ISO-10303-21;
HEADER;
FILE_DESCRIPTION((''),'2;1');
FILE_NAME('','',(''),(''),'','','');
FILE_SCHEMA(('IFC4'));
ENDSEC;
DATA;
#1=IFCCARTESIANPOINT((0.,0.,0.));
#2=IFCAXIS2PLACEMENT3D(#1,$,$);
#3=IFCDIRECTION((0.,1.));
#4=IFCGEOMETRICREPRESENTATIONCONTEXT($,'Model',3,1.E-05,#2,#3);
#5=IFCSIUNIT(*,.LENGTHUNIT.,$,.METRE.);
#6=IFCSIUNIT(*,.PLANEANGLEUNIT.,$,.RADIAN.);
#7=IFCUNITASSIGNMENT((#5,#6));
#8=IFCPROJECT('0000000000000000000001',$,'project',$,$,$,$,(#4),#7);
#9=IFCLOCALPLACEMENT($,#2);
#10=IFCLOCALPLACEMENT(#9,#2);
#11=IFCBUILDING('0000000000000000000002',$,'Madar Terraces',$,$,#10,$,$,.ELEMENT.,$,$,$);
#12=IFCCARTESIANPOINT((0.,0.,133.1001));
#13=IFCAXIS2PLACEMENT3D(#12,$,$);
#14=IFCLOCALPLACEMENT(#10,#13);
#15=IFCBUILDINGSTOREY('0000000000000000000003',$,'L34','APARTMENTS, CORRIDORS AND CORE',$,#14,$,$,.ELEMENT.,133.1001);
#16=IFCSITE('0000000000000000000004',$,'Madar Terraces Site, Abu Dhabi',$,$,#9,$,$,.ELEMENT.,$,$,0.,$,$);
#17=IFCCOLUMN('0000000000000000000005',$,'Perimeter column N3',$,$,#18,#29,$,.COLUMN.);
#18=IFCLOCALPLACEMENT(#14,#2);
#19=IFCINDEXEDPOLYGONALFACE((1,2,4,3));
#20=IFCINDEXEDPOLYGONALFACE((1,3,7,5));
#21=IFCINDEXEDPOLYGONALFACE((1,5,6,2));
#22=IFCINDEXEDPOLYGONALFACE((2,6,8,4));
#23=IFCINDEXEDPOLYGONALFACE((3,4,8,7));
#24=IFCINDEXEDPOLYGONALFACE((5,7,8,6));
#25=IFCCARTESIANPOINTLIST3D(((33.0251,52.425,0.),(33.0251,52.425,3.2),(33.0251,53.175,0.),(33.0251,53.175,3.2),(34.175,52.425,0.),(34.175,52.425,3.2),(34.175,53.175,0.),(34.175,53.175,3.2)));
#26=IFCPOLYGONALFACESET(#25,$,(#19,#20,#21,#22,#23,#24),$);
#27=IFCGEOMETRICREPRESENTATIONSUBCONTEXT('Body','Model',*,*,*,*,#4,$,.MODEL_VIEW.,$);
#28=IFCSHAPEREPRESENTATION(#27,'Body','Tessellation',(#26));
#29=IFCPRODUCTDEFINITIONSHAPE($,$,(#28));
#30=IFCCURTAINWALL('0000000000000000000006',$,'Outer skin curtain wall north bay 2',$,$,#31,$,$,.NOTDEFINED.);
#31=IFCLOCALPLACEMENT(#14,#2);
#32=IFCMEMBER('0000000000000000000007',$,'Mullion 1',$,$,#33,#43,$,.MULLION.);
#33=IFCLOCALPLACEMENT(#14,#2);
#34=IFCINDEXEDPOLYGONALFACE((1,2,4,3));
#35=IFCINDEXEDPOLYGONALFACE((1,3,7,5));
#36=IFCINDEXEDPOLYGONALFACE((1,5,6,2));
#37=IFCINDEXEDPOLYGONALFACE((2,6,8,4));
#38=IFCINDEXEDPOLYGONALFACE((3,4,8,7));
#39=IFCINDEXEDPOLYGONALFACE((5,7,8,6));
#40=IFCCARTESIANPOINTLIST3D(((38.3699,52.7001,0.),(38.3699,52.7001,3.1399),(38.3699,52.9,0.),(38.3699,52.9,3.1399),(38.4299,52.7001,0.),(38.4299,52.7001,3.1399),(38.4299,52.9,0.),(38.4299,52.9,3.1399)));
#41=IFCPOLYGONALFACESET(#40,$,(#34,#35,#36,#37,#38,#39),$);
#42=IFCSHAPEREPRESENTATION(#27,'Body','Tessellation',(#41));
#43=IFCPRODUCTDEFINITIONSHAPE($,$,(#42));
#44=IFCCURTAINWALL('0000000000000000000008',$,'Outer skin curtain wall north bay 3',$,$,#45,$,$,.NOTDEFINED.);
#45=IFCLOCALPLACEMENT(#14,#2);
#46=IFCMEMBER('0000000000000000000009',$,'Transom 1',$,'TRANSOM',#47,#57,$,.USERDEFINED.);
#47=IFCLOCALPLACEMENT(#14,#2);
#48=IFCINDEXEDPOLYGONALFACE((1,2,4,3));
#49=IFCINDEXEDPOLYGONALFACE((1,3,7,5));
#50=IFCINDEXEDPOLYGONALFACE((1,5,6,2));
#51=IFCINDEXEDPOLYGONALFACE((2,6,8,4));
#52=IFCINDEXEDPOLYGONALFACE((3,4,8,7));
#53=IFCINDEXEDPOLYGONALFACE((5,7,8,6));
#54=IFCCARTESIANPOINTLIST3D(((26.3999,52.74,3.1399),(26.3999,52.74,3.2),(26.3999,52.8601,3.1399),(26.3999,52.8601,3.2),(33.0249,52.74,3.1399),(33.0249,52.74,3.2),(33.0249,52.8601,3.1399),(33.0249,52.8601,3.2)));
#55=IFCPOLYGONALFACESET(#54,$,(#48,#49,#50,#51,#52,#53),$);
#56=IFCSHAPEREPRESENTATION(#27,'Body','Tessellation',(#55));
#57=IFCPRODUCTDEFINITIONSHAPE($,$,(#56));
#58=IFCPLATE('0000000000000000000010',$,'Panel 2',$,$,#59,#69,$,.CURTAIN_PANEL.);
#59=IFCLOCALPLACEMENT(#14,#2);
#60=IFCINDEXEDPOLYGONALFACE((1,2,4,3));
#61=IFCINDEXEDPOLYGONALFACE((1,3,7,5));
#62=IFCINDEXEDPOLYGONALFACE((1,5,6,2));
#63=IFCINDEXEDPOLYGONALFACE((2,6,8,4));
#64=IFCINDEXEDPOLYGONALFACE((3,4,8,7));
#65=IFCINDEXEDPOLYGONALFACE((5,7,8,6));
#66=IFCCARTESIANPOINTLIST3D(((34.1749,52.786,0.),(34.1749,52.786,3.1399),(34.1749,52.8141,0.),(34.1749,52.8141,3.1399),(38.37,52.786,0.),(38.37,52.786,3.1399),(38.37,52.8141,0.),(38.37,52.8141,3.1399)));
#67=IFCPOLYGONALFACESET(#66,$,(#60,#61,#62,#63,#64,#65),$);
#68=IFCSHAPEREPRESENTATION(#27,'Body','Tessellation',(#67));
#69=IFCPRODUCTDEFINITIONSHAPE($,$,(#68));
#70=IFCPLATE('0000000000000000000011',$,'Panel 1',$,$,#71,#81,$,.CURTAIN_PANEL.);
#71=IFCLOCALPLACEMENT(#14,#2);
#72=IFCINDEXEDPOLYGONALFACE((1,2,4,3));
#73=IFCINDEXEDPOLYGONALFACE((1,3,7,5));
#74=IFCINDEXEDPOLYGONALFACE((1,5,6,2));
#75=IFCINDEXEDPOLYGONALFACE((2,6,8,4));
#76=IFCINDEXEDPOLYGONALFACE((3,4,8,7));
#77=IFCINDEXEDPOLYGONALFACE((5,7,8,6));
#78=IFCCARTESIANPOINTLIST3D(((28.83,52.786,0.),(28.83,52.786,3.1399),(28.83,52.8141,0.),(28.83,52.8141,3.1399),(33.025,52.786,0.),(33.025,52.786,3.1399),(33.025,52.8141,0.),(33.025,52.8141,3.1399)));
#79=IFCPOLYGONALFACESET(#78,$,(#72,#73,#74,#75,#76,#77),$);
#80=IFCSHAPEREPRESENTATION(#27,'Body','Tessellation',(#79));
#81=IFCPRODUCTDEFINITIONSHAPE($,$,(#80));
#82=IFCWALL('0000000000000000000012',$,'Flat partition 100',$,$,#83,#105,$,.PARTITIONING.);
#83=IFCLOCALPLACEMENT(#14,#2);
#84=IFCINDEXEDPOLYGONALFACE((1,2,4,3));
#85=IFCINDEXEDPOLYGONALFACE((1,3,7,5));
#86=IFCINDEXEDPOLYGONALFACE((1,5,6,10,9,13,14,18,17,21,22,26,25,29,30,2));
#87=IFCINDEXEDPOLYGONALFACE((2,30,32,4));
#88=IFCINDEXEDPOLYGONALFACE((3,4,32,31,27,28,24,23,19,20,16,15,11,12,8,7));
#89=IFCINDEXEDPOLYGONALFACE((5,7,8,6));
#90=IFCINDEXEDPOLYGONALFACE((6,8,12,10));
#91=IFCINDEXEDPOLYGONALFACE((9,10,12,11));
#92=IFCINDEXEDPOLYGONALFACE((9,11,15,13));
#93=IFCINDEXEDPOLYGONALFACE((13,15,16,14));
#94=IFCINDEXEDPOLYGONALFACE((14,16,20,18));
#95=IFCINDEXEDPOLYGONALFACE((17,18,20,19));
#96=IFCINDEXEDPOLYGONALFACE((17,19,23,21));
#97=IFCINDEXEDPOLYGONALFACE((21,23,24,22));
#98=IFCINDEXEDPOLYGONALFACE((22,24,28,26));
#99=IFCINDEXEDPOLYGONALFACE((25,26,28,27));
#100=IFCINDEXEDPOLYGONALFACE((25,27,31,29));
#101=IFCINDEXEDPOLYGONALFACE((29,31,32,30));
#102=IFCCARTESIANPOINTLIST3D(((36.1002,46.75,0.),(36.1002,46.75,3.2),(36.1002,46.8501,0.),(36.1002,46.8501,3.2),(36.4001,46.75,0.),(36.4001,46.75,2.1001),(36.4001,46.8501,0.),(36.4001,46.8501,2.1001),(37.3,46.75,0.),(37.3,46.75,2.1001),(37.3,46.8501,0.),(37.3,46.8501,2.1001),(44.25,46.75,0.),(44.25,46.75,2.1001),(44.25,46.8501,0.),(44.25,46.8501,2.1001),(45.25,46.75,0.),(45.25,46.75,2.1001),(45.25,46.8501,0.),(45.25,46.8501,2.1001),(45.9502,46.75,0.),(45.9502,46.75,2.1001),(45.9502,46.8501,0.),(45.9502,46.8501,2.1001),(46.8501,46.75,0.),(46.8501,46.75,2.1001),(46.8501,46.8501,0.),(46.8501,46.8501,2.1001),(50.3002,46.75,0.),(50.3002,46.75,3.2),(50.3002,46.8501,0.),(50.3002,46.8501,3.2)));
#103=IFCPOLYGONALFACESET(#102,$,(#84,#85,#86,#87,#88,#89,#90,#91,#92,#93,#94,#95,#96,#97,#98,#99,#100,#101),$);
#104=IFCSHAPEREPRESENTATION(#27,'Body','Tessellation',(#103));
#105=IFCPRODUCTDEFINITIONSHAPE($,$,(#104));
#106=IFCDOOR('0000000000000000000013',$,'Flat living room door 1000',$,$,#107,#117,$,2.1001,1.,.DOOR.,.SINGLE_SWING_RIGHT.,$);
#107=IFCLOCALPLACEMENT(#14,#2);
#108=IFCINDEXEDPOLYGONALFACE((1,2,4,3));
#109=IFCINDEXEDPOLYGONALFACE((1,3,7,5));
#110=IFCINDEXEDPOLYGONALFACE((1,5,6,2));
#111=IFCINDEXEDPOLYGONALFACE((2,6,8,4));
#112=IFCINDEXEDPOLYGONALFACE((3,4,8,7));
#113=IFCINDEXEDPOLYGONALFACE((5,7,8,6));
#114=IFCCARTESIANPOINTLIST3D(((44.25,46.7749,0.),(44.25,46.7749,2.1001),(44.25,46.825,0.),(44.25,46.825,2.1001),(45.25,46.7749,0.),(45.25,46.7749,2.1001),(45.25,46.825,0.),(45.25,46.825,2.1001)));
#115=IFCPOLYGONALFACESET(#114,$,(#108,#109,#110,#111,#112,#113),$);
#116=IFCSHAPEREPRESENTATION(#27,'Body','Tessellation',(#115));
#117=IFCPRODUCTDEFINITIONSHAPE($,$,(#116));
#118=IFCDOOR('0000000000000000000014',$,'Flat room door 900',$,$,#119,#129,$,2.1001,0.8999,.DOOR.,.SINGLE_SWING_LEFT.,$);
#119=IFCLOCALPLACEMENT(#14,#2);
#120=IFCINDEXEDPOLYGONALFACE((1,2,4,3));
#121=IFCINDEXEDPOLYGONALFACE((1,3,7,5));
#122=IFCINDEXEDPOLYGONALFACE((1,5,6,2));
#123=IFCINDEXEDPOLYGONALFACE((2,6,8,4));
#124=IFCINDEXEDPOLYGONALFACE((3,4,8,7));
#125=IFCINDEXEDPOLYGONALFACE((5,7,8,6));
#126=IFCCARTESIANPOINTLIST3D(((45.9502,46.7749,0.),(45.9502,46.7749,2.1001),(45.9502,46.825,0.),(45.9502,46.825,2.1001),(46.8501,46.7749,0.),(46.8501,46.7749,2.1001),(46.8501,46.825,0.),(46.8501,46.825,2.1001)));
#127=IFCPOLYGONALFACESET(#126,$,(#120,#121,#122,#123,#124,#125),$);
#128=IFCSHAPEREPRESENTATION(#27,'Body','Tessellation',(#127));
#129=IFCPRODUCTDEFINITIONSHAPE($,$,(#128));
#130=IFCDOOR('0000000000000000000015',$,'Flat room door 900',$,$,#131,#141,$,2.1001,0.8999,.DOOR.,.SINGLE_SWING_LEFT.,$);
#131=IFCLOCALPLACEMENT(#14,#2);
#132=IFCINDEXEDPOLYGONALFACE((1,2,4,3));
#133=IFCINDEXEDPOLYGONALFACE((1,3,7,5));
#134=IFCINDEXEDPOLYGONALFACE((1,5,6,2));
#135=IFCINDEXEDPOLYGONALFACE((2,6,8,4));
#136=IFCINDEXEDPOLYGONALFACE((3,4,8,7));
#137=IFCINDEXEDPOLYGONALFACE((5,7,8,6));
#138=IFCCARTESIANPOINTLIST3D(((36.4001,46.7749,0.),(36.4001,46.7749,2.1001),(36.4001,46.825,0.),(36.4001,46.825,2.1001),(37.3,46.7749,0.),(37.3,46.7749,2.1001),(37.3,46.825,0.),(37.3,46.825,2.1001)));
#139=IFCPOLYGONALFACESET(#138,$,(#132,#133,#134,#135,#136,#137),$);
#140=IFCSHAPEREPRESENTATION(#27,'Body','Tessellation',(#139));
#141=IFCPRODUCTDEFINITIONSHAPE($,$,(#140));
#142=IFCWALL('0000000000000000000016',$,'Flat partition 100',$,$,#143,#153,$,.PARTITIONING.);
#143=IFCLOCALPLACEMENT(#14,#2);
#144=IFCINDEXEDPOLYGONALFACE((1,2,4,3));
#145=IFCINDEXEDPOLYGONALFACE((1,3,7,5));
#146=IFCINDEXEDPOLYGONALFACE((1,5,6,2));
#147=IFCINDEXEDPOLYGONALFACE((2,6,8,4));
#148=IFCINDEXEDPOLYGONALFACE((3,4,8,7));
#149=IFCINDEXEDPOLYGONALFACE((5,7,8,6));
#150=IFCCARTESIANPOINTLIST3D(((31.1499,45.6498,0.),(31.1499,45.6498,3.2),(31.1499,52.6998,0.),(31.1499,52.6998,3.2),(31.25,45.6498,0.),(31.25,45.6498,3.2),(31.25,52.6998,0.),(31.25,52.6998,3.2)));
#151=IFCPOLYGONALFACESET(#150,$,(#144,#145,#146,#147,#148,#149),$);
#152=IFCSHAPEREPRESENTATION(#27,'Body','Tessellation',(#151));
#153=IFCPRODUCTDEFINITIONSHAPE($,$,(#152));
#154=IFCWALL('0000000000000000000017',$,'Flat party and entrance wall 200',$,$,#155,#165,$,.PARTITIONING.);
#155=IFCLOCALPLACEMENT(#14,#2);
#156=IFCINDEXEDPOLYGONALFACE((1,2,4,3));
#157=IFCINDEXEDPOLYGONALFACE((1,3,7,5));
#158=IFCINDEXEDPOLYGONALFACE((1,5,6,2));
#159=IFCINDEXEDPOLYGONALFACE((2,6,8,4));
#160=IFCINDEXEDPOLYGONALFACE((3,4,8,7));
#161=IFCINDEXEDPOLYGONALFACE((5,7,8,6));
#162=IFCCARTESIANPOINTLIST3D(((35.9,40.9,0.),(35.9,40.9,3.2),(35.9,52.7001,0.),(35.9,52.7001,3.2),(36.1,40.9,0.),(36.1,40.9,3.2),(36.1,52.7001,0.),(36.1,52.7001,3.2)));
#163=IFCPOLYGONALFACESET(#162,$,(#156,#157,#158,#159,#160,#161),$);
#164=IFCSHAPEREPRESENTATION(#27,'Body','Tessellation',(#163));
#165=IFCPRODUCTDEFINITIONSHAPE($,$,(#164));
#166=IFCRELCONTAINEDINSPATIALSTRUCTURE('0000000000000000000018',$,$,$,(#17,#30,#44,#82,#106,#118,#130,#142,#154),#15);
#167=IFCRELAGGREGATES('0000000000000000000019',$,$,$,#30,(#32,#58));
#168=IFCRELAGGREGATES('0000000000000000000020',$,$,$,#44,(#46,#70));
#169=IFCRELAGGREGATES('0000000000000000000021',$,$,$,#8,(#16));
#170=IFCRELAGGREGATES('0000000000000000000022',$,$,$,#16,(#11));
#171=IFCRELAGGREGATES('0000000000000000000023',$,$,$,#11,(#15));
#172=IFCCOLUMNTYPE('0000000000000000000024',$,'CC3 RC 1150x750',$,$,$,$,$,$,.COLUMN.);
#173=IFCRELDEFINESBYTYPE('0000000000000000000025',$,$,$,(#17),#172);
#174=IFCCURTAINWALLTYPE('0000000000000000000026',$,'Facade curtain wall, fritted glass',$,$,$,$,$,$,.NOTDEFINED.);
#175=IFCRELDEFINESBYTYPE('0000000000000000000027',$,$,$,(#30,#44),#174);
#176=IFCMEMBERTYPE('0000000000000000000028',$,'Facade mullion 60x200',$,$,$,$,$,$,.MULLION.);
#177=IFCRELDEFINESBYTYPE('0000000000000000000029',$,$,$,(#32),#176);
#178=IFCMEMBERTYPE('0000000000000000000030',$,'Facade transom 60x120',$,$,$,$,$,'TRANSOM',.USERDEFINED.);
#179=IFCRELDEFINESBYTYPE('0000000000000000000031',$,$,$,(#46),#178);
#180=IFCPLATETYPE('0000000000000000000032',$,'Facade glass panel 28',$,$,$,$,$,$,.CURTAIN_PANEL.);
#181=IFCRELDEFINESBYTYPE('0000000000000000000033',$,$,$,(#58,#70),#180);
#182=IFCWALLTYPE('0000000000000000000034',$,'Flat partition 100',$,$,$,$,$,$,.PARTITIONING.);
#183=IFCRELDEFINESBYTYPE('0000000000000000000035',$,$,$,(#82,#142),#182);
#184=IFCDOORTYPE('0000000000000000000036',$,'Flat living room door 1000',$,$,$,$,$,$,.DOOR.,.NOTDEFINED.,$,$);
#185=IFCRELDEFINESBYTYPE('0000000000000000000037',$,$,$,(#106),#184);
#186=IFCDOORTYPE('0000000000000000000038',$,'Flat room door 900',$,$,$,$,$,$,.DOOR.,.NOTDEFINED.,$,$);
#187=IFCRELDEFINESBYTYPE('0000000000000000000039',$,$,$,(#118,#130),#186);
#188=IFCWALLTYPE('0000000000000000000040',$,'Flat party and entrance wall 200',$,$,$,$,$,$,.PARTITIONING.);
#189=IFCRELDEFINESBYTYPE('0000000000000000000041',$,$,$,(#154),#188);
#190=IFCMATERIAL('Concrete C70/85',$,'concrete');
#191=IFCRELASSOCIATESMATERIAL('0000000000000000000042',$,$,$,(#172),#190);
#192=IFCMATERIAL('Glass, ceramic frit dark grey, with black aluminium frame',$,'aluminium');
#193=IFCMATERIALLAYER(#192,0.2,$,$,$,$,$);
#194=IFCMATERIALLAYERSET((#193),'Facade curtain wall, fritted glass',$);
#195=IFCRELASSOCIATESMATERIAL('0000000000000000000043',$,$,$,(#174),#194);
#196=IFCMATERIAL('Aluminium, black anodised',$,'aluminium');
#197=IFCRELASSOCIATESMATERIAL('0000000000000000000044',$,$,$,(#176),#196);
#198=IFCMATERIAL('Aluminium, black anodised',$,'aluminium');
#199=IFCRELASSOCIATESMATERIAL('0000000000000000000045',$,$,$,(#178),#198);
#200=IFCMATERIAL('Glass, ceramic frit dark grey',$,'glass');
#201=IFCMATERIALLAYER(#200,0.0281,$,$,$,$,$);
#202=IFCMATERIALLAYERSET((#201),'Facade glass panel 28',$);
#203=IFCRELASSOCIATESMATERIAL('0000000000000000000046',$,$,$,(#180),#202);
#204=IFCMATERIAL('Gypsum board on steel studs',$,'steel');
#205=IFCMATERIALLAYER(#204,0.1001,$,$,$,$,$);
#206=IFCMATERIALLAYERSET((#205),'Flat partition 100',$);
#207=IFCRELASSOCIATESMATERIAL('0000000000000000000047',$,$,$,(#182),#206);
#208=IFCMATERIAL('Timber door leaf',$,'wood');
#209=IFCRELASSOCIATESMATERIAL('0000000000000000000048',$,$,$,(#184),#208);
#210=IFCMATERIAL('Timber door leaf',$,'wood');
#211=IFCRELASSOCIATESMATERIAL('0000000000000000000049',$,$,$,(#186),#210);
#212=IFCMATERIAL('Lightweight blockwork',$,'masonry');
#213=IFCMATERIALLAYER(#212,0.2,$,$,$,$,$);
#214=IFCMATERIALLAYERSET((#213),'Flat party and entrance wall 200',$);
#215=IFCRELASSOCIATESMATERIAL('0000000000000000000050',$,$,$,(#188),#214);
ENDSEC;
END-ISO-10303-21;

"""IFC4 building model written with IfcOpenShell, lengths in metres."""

from ifc_helpers import new_model, si_unit, direction, frame, frame_2d, origin, origin_2d, place, context, subcontext, project, spatial, rectangle, extrude, material, layer, layer_set, material_profile, profile_set, type_object, element, fill, aggregate, save


model = new_model("IFC4")

# Units and contexts
model_context = context("Model", 3, precision=1e-05, world=origin(), true_north=direction((0.0, 1.0)))
body_context = subcontext(model_context, "Body", "Model", "MODEL_VIEW")
ifc_project = project(units=[si_unit("LENGTHUNIT", "METRE"), si_unit("PLANEANGLEUNIT", "RADIAN")], contexts=[model_context])

# Site, building, storey
site_placement = place(None, origin())
site = spatial("IfcSite", under=ifc_project, at=site_placement, Name="Madar Terraces Site, Abu Dhabi", CompositionType="ELEMENT", RefElevation=0.0)
building_placement = place(site_placement, origin())
building = spatial("IfcBuilding", under=site, at=building_placement, Name="Madar Terraces", CompositionType="ELEMENT")
storey_placement = place(building_placement, frame((0.0, 0.0, 133.1001)))
storey = spatial("IfcBuildingStorey", under=building, at=storey_placement, Name="L34", Description="APARTMENTS, CORRIDORS AND CORE", CompositionType="ELEMENT", Elevation=133.1001)

# Column
ifc_material_1 = material(Name="Concrete C70/85", Category="concrete")
ifc_material_profile_1 = material_profile(ifc_material_1, rectangle(XDim=1.1499, YDim=0.75, at=origin_2d()), Name="CC3 RC 1150x750")
ifc_profile_set_1 = profile_set([ifc_material_profile_1], Name="Concrete C70/85")
column_type = type_object("IfcColumnType", Name="CC3 RC 1150x750", PredefinedType="COLUMN", material=ifc_profile_set_1)
column_placement = place(storey_placement, frame((33.6001, 52.8, 0.0), z_axis=(0.0, 0.0, 1.0), x_axis=(1.0, 0.0, 0.0)))
element("IfcColumn", 1, at=column_placement, inside=storey, type_object=column_type, Name="Perimeter column N3", PredefinedType="COLUMN", context=body_context, shape_type="SweptSolid", body=[
    extrude(rectangle(XDim=1.1499, YDim=0.75, at=origin_2d()), origin(), (0.0, 0.0, 1.0), 3.2),
])

# Curtain walls, members
ifc_material_2 = material(Name="Glass, ceramic frit dark grey, with black aluminium frame", Category="aluminium")
ifc_layer_1 = layer(ifc_material_2, 0.2)
ifc_layer_set_1 = layer_set([ifc_layer_1], Name="Facade curtain wall, fritted glass")
curtain_wall_type = type_object("IfcCurtainWallType", Name="Facade curtain wall, fritted glass", PredefinedType="NOTDEFINED", material=ifc_layer_set_1)
curtain_wall_1_placement = place(storey_placement, origin())
curtain_wall_1 = element("IfcCurtainWall", 2, at=curtain_wall_1_placement, inside=storey, type_object=curtain_wall_type, Name="Outer skin curtain wall north bay 2", PredefinedType="NOTDEFINED")
ifc_material_3 = material(Name="Aluminium, black anodised", Category="aluminium")
ifc_material_profile_2 = material_profile(ifc_material_3, rectangle(XDim=0.2, YDim=0.0601, at=origin_2d()), Name="Facade mullion 60x200")
ifc_profile_set_2 = profile_set([ifc_material_profile_2], Name="Aluminium, black anodised")
member_type_1 = type_object("IfcMemberType", Name="Facade mullion 60x200", PredefinedType="MULLION", material=ifc_profile_set_2)
member_1_placement = place(storey_placement, frame((38.3999, 52.8, 0.0), z_axis=(0.0, 0.0, 1.0), x_axis=(0.0, -1.0, 0.0)))
member_1 = element("IfcMember", 3, at=member_1_placement, type_object=member_type_1, Name="Mullion 1", PredefinedType="MULLION", context=body_context, shape_type="SweptSolid", body=[
    extrude(rectangle(XDim=0.2, YDim=0.0601, at=origin_2d()), origin(), (0.0, 0.0, 1.0), 3.1399),
])
curtain_wall_2_placement = place(storey_placement, origin())
curtain_wall_2 = element("IfcCurtainWall", 4, at=curtain_wall_2_placement, inside=storey, type_object=curtain_wall_type, Name="Outer skin curtain wall north bay 3", PredefinedType="NOTDEFINED")
ifc_material_4 = material(Name="Aluminium, black anodised", Category="aluminium")
ifc_material_profile_3 = material_profile(ifc_material_4, rectangle(XDim=0.1201, YDim=0.0601, at=origin_2d()), Name="Facade transom 60x120")
ifc_profile_set_3 = profile_set([ifc_material_profile_3], Name="Aluminium, black anodised")
member_type_2 = type_object("IfcMemberType", Name="Facade transom 60x120", ElementType="TRANSOM", PredefinedType="USERDEFINED", material=ifc_profile_set_3)
member_2_placement = place(storey_placement, frame((33.0249, 52.8, 3.1699), z_axis=(-1.0, 0.0, 0.0), x_axis=(0.0, -1.0, 0.0)))
member_2 = element("IfcMember", 5, at=member_2_placement, type_object=member_type_2, Name="Transom 1", ObjectType="TRANSOM", PredefinedType="USERDEFINED", context=body_context, shape_type="SweptSolid", body=[
    extrude(rectangle(XDim=0.1201, YDim=0.0601, at=origin_2d()), origin(), (0.0, 0.0, 1.0), 6.625),
])

# Plates
ifc_material_5 = material(Name="Glass, ceramic frit dark grey", Category="glass")
ifc_layer_2 = layer(ifc_material_5, 0.0281)
ifc_layer_set_2 = layer_set([ifc_layer_2], Name="Facade glass panel 28")
plate_type = type_object("IfcPlateType", Name="Facade glass panel 28", PredefinedType="CURTAIN_PANEL", material=ifc_layer_set_2)
plate_1_placement = place(storey_placement, frame((36.2725, 52.8, 0.0), z_axis=(0.0, 0.0, 1.0), x_axis=(-1.0, 0.0, 0.0)))
plate_1 = element("IfcPlate", 6, at=plate_1_placement, type_object=plate_type, Name="Panel 2", PredefinedType="CURTAIN_PANEL", context=body_context, shape_type="SweptSolid", body=[
    extrude(rectangle(XDim=4.1951, YDim=0.0281, at=origin_2d()), origin(), (0.0, 0.0, 1.0), 3.1399),
])
aggregate(curtain_wall_1, [member_1, plate_1])
plate_2_placement = place(storey_placement, frame((30.9275, 52.8, 0.0), z_axis=(0.0, 0.0, 1.0), x_axis=(-1.0, 0.0, 0.0)))
plate_2 = element("IfcPlate", 7, at=plate_2_placement, type_object=plate_type, Name="Panel 1", PredefinedType="CURTAIN_PANEL", context=body_context, shape_type="SweptSolid", body=[
    extrude(rectangle(XDim=4.1951, YDim=0.0281, at=origin_2d()), origin(), (0.0, 0.0, 1.0), 3.1399),
])
aggregate(curtain_wall_2, [member_2, plate_2])

# Wall, openings, doors
ifc_material_6 = material(Name="Gypsum board on steel studs", Category="steel")
ifc_layer_3 = layer(ifc_material_6, 0.1001)
ifc_layer_set_3 = layer_set([ifc_layer_3], Name="Flat partition 100")
wall_type_1 = type_object("IfcWallType", Name="Flat partition 100", PredefinedType="PARTITIONING", material=ifc_layer_set_3)
wall_1_placement = place(storey_placement, frame((36.1001, 46.8, 0.0), z_axis=(0.0, 0.0, 1.0), x_axis=(1.0, 0.0, 0.0)))
wall_1 = element("IfcWall", 8, at=wall_1_placement, inside=storey, type_object=wall_type_1, Name="Flat partition 100", PredefinedType="PARTITIONING", context=body_context, shape_type="SweptSolid", body=[
    extrude(rectangle(XDim=14.2, YDim=0.1001, at=frame_2d((7.1001, 0.0))), origin(), (0.0, 0.0, 1.0), 3.2),
])
opening_1_placement = place(wall_1_placement, frame((9.8501, 0.0, 0.0)))
opening_1 = element("IfcOpeningElement", 9, at=opening_1_placement, cuts=wall_1, PredefinedType="OPENING", context=body_context, shape_type="SweptSolid", body=[
    extrude(rectangle(XDim=0.8999, YDim=2.1001, at=frame_2d((0.45, 1.05))), frame((0.0, 0.0601, 0.0), z_axis=(0.0, -1.0, 0.0), x_axis=(1.0, 0.0, 0.0)), (0.0, 0.0, 1.0), 0.1201),
])
opening_2_placement = place(wall_1_placement, frame((8.1499, 0.0, 0.0)))
opening_2 = element("IfcOpeningElement", 10, at=opening_2_placement, cuts=wall_1, PredefinedType="OPENING", context=body_context, shape_type="SweptSolid", body=[
    extrude(rectangle(XDim=1.0, YDim=2.1001, at=frame_2d((0.5, 1.05))), frame((0.0, 0.0601, 0.0), z_axis=(0.0, -1.0, 0.0), x_axis=(1.0, 0.0, 0.0)), (0.0, 0.0, 1.0), 0.1201),
])
opening_3_placement = place(wall_1_placement, frame((0.3, 0.0, 0.0)))
opening_3 = element("IfcOpeningElement", 11, at=opening_3_placement, cuts=wall_1, PredefinedType="OPENING", context=body_context, shape_type="SweptSolid", body=[
    extrude(rectangle(XDim=0.8999, YDim=2.1001, at=frame_2d((0.45, 1.05))), frame((0.0, 0.0601, 0.0), z_axis=(0.0, -1.0, 0.0), x_axis=(1.0, 0.0, 0.0)), (0.0, 0.0, 1.0), 0.1201),
])
ifc_material_7 = material(Name="Timber door leaf", Category="wood")
door_type_1 = type_object("IfcDoorType", Name="Flat living room door 1000", OperationType="NOTDEFINED", PredefinedType="DOOR", material=ifc_material_7)
door_1_placement = place(opening_2_placement, origin())
door_1 = element("IfcDoor", 12, at=door_1_placement, inside=storey, type_object=door_type_1, Name="Flat living room door 1000", OperationType="SINGLE_SWING_RIGHT", OverallHeight=2.1001, OverallWidth=1.0, PredefinedType="DOOR", context=body_context, shape_type="SweptSolid", body=[
    extrude(rectangle(XDim=1.0, YDim=2.1001, at=frame_2d((0.5, 1.05))), frame((0.0, 0.0249, 0.0), z_axis=(0.0, -1.0, 0.0), x_axis=(1.0, 0.0, 0.0)), (0.0, 0.0, 1.0), 0.05),
])
fill(opening_2, door_1)
ifc_material_8 = material(Name="Timber door leaf", Category="wood")
door_type_2 = type_object("IfcDoorType", Name="Flat room door 900", OperationType="NOTDEFINED", PredefinedType="DOOR", material=ifc_material_8)
door_2_placement = place(opening_1_placement, origin())
door_2 = element("IfcDoor", 13, at=door_2_placement, inside=storey, type_object=door_type_2, Name="Flat room door 900", OperationType="SINGLE_SWING_LEFT", OverallHeight=2.1001, OverallWidth=0.8999, PredefinedType="DOOR", context=body_context, shape_type="SweptSolid", body=[
    extrude(rectangle(XDim=0.8999, YDim=2.1001, at=frame_2d((0.45, 1.05))), frame((0.0, 0.0249, 0.0), z_axis=(0.0, -1.0, 0.0), x_axis=(1.0, 0.0, 0.0)), (0.0, 0.0, 1.0), 0.05),
])
fill(opening_1, door_2)
door_3_placement = place(opening_3_placement, origin())
door_3 = element("IfcDoor", 14, at=door_3_placement, inside=storey, type_object=door_type_2, Name="Flat room door 900", OperationType="SINGLE_SWING_LEFT", OverallHeight=2.1001, OverallWidth=0.8999, PredefinedType="DOOR", context=body_context, shape_type="SweptSolid", body=[
    extrude(rectangle(XDim=0.8999, YDim=2.1001, at=frame_2d((0.45, 1.05))), frame((0.0, 0.0249, 0.0), z_axis=(0.0, -1.0, 0.0), x_axis=(1.0, 0.0, 0.0)), (0.0, 0.0, 1.0), 0.05),
])
fill(opening_3, door_3)

# Walls
wall_2_placement = place(storey_placement, frame((31.2, 45.6499, 0.0), z_axis=(0.0, 0.0, 1.0), x_axis=(0.0, 1.0, 0.0)))
element("IfcWall", 15, at=wall_2_placement, inside=storey, type_object=wall_type_1, Name="Flat partition 100", PredefinedType="PARTITIONING", context=body_context, shape_type="SweptSolid", body=[
    extrude(rectangle(XDim=7.05, YDim=0.1001, at=frame_2d((3.5249, 0.0))), origin(), (0.0, 0.0, 1.0), 3.2),
])
ifc_material_9 = material(Name="Lightweight blockwork", Category="masonry")
ifc_layer_4 = layer(ifc_material_9, 0.2)
ifc_layer_set_4 = layer_set([ifc_layer_4], Name="Flat party and entrance wall 200")
wall_type_2 = type_object("IfcWallType", Name="Flat party and entrance wall 200", PredefinedType="PARTITIONING", material=ifc_layer_set_4)
wall_3_placement = place(storey_placement, frame((36.0, 52.7, 0.0), z_axis=(0.0, 0.0, 1.0), x_axis=(0.0, -1.0, 0.0)))
element("IfcWall", 16, at=wall_3_placement, inside=storey, type_object=wall_type_2, Name="Flat party and entrance wall 200", PredefinedType="PARTITIONING", context=body_context, shape_type="SweptSolid", body=[
    extrude(rectangle(XDim=11.8, YDim=0.2, at=frame_2d((5.8999, 0.0))), origin(), (0.0, 0.0, 1.0), 3.2),
])

save(model, "model.ifc")
